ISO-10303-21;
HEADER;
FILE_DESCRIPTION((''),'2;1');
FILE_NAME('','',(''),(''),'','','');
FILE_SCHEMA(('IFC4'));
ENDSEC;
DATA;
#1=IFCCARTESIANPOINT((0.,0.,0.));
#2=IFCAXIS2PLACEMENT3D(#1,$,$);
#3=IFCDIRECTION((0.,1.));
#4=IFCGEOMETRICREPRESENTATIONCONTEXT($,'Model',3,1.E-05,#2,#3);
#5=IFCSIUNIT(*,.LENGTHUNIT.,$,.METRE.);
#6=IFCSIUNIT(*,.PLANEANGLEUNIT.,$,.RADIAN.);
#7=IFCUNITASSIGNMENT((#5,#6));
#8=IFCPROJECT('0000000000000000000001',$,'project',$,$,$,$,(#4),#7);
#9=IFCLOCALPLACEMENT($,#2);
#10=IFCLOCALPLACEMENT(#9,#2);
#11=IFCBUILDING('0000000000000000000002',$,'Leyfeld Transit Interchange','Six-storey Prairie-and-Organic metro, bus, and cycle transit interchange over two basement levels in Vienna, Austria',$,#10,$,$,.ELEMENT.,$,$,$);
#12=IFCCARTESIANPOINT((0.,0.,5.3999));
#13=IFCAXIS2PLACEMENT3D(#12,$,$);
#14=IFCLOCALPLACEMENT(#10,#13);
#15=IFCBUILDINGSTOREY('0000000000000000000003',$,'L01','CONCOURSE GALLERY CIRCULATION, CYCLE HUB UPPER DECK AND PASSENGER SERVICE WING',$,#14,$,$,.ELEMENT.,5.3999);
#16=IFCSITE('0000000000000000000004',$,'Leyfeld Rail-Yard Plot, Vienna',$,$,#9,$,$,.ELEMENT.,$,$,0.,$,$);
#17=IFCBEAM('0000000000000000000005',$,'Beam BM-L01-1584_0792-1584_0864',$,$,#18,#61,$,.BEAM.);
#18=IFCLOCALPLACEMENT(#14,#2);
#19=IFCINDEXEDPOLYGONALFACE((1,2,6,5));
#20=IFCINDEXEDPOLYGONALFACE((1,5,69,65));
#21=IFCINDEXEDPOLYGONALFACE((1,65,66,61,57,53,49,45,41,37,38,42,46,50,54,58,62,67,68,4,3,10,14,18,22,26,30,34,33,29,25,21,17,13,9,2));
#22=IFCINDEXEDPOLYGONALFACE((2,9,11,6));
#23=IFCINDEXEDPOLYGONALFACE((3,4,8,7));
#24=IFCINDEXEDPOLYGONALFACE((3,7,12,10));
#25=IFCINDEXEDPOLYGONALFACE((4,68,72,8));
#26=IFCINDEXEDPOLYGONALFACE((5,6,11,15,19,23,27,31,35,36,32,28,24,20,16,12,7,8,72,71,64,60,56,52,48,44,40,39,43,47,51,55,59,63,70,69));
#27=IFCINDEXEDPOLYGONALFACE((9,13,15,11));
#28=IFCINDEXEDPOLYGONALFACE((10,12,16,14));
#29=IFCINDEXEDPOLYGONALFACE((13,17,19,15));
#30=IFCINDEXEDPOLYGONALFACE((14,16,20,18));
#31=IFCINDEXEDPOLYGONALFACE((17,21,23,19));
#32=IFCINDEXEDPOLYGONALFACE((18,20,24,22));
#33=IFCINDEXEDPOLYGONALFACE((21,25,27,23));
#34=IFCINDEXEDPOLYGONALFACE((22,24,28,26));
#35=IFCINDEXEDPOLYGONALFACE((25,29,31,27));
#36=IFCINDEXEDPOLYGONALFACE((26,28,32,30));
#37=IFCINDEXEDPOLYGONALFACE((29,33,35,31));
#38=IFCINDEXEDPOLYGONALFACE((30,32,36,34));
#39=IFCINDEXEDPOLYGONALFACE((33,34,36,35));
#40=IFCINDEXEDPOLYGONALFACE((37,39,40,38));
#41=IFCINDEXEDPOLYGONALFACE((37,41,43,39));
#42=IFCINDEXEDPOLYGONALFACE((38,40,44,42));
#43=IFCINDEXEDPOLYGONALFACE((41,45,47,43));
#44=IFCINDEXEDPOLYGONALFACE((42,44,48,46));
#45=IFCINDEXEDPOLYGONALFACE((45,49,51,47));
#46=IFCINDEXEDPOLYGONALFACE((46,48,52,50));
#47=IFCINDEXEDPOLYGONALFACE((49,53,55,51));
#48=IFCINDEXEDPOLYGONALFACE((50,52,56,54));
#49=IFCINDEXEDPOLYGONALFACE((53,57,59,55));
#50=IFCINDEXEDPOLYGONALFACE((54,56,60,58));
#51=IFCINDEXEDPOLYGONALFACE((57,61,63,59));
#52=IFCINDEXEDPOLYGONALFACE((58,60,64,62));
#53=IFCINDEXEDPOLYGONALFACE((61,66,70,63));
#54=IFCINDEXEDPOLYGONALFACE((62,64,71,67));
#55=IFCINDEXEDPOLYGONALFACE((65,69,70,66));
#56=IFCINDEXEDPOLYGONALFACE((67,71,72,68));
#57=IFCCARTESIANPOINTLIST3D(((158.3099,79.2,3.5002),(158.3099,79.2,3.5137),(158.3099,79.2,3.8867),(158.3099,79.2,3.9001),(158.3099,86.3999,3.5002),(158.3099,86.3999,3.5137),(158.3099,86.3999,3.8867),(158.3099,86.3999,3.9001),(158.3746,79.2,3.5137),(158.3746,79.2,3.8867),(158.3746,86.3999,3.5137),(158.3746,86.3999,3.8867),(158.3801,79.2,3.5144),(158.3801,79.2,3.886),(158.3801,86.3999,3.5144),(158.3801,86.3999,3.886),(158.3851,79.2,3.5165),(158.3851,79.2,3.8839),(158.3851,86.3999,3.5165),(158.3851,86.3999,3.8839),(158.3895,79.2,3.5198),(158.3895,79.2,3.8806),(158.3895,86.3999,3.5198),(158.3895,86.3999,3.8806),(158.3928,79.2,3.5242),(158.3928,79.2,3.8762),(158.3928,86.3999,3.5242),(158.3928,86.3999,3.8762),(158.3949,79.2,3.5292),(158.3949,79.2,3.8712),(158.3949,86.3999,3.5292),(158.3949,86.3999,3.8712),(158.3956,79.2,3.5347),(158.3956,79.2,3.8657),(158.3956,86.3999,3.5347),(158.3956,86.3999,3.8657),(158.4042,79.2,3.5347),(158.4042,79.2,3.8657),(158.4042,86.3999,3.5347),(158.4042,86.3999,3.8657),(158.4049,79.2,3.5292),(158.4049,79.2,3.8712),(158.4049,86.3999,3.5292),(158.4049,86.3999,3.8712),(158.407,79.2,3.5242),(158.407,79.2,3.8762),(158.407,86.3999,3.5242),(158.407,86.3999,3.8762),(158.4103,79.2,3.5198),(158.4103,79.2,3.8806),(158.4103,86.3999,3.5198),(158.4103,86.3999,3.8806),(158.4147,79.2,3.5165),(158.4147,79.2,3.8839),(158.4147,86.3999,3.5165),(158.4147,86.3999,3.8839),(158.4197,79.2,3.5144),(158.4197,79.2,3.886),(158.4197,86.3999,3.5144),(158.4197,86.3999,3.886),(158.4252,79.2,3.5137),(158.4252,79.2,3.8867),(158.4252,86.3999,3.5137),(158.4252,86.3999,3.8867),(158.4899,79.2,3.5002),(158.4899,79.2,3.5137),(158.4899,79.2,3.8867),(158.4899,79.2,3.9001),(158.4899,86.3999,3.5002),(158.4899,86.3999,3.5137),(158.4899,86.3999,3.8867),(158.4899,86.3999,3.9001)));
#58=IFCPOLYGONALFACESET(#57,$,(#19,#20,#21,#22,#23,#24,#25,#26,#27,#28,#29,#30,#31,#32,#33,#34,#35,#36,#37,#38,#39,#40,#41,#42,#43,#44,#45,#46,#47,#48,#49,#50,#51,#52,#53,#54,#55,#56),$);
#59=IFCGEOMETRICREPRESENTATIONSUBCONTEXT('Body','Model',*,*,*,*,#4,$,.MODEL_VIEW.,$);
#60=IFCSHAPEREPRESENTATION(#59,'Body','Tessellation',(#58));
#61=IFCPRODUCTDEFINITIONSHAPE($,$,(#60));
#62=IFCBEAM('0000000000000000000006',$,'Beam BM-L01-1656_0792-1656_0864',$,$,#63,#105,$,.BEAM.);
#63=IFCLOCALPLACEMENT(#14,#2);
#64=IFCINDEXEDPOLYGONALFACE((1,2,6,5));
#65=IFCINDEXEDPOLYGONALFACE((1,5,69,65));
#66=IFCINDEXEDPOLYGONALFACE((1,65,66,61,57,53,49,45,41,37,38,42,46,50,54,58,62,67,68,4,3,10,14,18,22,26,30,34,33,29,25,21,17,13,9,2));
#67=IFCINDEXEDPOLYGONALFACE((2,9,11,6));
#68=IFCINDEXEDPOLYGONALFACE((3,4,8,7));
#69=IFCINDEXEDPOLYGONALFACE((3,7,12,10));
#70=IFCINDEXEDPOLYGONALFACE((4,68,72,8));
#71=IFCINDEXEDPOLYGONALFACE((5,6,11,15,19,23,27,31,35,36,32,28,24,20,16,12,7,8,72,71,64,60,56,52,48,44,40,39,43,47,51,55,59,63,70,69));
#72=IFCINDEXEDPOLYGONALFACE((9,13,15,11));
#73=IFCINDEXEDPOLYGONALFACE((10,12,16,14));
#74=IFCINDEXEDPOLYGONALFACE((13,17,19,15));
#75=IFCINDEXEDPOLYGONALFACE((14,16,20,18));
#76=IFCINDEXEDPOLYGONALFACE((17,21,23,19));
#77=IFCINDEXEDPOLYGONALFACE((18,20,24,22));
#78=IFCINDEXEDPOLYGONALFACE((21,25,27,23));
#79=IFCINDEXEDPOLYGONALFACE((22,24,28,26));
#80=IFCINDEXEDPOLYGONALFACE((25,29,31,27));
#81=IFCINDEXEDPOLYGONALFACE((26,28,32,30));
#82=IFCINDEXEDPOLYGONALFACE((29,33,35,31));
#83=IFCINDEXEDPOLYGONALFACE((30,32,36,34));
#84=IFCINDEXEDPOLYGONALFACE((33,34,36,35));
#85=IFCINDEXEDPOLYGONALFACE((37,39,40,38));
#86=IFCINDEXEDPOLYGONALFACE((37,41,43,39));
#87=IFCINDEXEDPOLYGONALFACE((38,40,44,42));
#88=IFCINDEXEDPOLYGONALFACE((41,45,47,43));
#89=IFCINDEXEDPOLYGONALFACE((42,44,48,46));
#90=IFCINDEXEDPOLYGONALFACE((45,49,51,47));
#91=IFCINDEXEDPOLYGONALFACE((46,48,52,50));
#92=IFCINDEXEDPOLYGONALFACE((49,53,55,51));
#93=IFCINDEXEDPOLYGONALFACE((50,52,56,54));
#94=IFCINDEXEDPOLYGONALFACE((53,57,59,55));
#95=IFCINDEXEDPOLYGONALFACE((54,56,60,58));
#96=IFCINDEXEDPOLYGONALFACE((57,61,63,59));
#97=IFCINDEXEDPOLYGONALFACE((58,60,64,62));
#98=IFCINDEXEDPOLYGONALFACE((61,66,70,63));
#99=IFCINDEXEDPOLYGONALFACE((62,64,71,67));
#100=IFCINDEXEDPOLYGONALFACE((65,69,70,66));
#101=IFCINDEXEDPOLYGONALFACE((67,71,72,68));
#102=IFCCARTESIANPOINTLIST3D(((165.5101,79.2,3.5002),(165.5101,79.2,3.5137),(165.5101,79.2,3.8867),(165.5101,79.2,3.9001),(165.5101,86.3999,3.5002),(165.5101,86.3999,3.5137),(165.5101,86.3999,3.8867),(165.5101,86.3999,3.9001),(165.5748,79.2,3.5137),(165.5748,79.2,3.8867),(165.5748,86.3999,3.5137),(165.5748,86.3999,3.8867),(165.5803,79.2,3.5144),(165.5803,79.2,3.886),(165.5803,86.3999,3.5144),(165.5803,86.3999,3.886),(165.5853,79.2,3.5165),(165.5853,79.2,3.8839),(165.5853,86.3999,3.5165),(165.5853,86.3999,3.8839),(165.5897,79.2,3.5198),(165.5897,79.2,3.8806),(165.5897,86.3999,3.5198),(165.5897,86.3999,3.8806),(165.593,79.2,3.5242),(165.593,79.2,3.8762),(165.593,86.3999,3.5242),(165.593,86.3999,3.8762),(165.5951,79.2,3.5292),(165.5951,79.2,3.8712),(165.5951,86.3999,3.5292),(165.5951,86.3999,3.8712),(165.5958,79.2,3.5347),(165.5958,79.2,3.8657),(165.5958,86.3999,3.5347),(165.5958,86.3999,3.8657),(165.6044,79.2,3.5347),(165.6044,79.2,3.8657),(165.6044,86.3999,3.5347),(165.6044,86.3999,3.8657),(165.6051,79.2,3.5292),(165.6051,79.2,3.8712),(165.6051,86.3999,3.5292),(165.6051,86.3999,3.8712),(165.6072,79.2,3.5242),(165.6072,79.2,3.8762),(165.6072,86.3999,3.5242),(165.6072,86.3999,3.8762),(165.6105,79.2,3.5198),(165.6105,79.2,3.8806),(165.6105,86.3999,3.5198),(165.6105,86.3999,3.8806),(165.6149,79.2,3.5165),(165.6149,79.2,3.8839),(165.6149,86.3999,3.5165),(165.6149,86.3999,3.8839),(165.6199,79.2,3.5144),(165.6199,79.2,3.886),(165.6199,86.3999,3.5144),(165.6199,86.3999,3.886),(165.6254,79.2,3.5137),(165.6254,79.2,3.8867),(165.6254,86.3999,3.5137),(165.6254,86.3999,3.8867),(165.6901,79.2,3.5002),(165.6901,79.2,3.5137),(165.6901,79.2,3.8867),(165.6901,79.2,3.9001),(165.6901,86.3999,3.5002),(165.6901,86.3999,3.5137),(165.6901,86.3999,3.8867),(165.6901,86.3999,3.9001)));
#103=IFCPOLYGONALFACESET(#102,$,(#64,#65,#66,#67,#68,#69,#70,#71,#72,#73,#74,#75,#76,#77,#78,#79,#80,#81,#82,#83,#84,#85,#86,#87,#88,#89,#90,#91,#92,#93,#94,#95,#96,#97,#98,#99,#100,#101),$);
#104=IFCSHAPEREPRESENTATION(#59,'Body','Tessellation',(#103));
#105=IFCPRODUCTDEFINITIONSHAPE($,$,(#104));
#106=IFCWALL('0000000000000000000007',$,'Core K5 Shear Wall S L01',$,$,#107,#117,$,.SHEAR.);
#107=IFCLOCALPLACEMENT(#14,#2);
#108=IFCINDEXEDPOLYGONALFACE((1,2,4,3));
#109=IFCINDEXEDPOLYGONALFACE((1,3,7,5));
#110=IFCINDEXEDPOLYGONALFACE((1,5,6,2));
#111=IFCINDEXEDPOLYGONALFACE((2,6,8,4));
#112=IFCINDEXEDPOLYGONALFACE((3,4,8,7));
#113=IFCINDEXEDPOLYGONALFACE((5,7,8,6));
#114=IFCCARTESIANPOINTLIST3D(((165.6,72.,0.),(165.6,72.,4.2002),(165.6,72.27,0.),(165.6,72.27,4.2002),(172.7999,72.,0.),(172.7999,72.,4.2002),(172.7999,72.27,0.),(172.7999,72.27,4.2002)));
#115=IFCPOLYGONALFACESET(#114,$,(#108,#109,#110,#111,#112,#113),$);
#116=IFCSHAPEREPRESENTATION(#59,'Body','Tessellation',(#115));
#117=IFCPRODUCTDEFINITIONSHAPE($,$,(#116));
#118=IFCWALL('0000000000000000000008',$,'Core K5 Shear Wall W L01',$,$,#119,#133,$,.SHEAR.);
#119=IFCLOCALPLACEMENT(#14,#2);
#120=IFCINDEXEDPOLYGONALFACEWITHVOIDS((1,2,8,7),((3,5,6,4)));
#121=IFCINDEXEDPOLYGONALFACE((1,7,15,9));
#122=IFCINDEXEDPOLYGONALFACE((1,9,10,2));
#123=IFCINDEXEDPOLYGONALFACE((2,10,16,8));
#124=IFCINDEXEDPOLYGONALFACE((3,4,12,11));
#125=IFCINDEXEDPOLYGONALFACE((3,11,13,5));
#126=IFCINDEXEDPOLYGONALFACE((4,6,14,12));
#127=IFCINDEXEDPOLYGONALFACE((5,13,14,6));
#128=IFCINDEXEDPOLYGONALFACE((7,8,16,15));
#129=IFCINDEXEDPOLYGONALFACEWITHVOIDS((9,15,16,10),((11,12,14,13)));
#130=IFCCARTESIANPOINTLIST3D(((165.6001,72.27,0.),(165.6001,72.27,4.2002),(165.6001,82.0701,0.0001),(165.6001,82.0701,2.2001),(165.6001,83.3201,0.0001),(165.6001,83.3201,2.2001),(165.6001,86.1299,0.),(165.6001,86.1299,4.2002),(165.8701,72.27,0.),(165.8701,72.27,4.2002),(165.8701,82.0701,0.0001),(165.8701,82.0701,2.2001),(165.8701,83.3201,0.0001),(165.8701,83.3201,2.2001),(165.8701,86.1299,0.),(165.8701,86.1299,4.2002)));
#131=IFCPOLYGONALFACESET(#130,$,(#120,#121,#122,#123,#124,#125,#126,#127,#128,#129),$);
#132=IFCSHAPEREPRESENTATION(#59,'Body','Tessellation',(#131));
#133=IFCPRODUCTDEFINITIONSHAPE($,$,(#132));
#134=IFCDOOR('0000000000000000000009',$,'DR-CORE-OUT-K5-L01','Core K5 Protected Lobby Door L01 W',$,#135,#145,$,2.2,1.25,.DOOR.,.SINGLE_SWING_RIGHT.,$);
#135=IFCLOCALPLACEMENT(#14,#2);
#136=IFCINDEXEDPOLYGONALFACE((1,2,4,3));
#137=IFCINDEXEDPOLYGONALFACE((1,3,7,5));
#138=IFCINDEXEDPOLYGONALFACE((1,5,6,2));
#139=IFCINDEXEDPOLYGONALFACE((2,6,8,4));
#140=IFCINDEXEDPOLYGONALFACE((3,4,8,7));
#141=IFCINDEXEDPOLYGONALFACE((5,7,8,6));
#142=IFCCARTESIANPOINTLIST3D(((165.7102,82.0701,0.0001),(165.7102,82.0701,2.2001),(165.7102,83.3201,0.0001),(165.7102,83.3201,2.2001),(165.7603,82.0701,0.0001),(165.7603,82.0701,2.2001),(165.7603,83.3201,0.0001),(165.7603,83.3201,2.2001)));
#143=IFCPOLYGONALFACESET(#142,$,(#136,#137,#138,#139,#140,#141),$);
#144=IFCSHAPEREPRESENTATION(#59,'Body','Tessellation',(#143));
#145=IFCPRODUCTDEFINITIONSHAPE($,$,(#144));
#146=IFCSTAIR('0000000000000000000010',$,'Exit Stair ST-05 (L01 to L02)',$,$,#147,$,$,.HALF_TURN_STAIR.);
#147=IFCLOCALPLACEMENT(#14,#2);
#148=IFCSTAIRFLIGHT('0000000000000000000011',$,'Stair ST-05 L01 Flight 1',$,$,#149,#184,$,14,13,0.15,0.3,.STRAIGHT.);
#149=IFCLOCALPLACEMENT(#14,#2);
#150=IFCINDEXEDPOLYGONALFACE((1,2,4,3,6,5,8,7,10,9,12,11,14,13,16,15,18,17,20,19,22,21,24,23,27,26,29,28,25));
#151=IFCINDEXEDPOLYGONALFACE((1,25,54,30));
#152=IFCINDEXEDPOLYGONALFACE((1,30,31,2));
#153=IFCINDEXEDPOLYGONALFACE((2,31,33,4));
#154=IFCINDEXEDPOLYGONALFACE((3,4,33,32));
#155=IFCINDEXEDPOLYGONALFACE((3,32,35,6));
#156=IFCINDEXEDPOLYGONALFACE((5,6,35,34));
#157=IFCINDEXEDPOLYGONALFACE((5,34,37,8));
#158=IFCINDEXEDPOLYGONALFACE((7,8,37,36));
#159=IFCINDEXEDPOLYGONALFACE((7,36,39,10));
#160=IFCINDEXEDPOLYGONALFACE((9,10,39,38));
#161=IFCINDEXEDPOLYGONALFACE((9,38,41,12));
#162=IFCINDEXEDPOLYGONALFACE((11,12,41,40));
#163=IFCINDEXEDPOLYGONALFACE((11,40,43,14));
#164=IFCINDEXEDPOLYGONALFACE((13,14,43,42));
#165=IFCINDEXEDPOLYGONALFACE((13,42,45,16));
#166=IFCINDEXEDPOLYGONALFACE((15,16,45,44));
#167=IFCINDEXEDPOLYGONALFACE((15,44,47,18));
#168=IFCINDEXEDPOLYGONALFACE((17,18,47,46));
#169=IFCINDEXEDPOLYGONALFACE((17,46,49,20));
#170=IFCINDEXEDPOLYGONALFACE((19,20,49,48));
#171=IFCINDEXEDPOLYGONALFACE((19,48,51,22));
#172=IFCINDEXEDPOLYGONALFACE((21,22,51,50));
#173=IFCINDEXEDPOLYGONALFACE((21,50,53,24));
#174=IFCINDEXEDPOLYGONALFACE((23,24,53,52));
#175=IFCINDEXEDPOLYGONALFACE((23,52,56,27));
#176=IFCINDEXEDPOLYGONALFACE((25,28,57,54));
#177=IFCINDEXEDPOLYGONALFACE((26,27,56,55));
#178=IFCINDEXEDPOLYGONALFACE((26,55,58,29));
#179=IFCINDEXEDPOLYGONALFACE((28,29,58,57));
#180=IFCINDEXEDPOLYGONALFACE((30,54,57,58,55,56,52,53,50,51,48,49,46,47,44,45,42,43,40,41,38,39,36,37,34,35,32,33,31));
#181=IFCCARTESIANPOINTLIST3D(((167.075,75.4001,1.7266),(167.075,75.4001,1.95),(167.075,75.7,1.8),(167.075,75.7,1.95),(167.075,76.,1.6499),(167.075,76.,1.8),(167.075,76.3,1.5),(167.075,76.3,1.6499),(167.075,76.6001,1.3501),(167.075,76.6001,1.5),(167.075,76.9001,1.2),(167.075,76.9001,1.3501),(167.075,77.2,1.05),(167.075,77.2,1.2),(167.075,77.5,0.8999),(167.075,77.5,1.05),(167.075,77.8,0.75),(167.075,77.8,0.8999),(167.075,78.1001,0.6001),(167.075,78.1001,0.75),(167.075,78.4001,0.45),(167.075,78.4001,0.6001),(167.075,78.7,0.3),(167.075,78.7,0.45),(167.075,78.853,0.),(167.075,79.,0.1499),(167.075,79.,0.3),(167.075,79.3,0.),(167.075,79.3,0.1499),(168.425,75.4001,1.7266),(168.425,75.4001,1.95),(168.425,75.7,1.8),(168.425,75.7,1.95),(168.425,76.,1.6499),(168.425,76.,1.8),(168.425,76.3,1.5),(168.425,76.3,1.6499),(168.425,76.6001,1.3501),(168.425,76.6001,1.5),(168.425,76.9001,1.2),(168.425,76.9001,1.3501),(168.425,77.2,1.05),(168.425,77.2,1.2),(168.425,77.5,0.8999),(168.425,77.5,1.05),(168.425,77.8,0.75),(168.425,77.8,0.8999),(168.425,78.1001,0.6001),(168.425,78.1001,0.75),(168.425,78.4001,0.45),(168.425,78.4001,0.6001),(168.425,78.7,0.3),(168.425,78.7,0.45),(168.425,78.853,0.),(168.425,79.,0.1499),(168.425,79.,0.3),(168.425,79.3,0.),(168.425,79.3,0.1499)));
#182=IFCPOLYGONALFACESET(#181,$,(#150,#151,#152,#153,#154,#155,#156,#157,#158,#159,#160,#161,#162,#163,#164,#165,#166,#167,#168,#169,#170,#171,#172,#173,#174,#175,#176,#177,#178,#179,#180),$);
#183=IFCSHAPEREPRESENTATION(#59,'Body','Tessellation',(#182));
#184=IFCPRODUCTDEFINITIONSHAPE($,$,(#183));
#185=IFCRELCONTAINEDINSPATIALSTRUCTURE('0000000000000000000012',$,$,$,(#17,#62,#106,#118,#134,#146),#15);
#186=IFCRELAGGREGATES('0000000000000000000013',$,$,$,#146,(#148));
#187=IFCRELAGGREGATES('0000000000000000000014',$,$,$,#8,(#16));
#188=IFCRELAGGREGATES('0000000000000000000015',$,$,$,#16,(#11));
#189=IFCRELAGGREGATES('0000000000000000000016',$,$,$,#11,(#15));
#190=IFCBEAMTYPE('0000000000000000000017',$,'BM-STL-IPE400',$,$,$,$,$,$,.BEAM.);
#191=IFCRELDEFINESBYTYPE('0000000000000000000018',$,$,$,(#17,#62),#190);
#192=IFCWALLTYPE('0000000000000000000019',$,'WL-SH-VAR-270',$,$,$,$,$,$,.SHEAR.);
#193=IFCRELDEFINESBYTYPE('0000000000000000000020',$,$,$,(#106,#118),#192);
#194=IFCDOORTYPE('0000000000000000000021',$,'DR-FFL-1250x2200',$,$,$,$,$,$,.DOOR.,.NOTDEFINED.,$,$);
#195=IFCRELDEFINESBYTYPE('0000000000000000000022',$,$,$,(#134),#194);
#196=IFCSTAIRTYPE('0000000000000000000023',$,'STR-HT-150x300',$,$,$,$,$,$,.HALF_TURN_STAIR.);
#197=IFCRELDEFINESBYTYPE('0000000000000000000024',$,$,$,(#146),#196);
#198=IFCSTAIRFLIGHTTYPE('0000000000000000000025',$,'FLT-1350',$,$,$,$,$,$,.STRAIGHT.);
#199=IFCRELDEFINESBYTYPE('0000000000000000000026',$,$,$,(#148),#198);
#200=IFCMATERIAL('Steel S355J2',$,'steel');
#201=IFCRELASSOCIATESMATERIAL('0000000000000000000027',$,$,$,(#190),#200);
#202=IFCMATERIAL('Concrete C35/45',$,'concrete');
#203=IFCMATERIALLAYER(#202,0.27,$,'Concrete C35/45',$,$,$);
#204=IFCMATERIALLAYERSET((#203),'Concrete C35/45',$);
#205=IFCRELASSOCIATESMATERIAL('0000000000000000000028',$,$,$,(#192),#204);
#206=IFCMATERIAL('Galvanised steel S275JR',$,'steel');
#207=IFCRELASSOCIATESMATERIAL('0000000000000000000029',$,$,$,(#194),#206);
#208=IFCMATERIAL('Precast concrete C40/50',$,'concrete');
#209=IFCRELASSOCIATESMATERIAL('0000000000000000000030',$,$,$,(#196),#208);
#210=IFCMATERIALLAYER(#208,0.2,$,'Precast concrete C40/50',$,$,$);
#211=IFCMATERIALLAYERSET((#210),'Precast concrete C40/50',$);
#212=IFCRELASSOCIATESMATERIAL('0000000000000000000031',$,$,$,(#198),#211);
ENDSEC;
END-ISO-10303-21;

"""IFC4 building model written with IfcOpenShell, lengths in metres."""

from ifc_helpers import new_model, si_unit, direction, frame, frame_2d, origin, origin_2d, place, context, subcontext, project, spatial, polyline, rectangle, i_section, outline, extrude, material, layer, layer_set, material_profile, profile_set, type_object, element, fill, aggregate, save


model = new_model("IFC4")

# Units and contexts
model_context = context("Model", 3, precision=1e-05, world=origin(), true_north=direction((0.0, 1.0)))
body_context = subcontext(model_context, "Body", "Model", "MODEL_VIEW")
ifc_project = project(units=[si_unit("LENGTHUNIT", "METRE"), si_unit("PLANEANGLEUNIT", "RADIAN")], contexts=[model_context])

# Site, building, storey
site_placement = place(None, origin())
site = spatial("IfcSite", under=ifc_project, at=site_placement, Name="Leyfeld Rail-Yard Plot, Vienna", CompositionType="ELEMENT", RefElevation=0.0)
building_placement = place(site_placement, origin())
building = spatial("IfcBuilding", under=site, at=building_placement, Name="Leyfeld Transit Interchange", Description="Six-storey Prairie-and-Organic metro, bus, and cycle transit interchange over two basement levels in Vienna, Austria", CompositionType="ELEMENT")
storey_placement = place(building_placement, frame((0.0, 0.0, 5.3999)))
storey = spatial("IfcBuildingStorey", under=building, at=storey_placement, Name="L01", Description="CONCOURSE GALLERY CIRCULATION, CYCLE HUB UPPER DECK AND PASSENGER SERVICE WING", CompositionType="ELEMENT", Elevation=5.3999)

# Shared definitions
ifc_material_1 = material(Name="Concrete C35/45", Category="concrete")

# Beams
ifc_material_2 = material(Name="Steel S355J2", Category="steel")
ifc_material_profile_1 = material_profile(ifc_material_2, i_section(OverallWidth=0.1799, OverallDepth=0.3999, WebThickness=0.0085, FlangeThickness=0.0134, FilletRadius=0.021, at=origin_2d()), Name="IPE 400")
ifc_profile_set_1 = profile_set([ifc_material_profile_1], Name="Steel S355J2")
beam_type_1 = type_object("IfcBeamType", Name="BM-STL-IPE400", PredefinedType="BEAM", material=ifc_profile_set_1)
for number, where, z_axis, x_axis, name in (
    (1, (158.3999, 79.2, 3.7002), (0.0, 1.0, 0.0), (-1.0, 0.0, 0.0), "Beam BM-L01-1584_0792-1584_0864"),
    (2, (165.6001, 79.2, 3.7002), (0.0, 1.0, 0.0), (-1.0, 0.0, 0.0), "Beam BM-L01-1656_0792-1656_0864"),
):
    element("IfcBeam", number, at=place(storey_placement, frame(where, z_axis=z_axis, x_axis=x_axis)), inside=storey, type_object=beam_type_1, Name=name, PredefinedType="BEAM", context=body_context, shape_type="SweptSolid", body=[
        extrude(i_section(OverallWidth=0.1799, OverallDepth=0.3999, WebThickness=0.0085, FlangeThickness=0.0134, FilletRadius=0.021, at=origin_2d()), origin(), (0.0, 0.0, 1.0), 7.2),
    ])

# Wall
ifc_layer_1 = layer(ifc_material_1, 0.27, Name="Concrete C35/45")
ifc_layer_set_1 = layer_set([ifc_layer_1], Name="Concrete C35/45")
wall_type = type_object("IfcWallType", Name="WL-SH-VAR-270", PredefinedType="SHEAR", material=ifc_layer_set_1)
wall_1_placement = place(storey_placement, frame((172.8, 72.135, 0.0), z_axis=(0.0, 0.0, 1.0), x_axis=(-1.0, 0.0, 0.0)))
element("IfcWall", 3, at=wall_1_placement, inside=storey, type_object=wall_type, Name="Core K5 Shear Wall S L01", PredefinedType="SHEAR", context=body_context, shape_type="SweptSolid", body=[
    extrude(rectangle(XDim=7.2, YDim=0.27, at=frame_2d((3.6001, 0.0))), origin(), (0.0, 0.0, 1.0), 4.2002),
])

# Wall, opening, door
wall_2_placement = place(storey_placement, frame((165.7351, 72.27, 0.0), z_axis=(0.0, 0.0, 1.0), x_axis=(0.0, 1.0, 0.0)))
wall_2 = element("IfcWall", 4, at=wall_2_placement, inside=storey, type_object=wall_type, Name="Core K5 Shear Wall W L01", PredefinedType="SHEAR", context=body_context, shape_type="SweptSolid", body=[
    extrude(rectangle(XDim=13.8599, YDim=0.27, at=frame_2d((6.9299, 0.0))), origin(), (0.0, 0.0, 1.0), 4.2002),
])
opening_placement = place(wall_2_placement, frame((9.8, 0.0, 0.0)))
opening = element("IfcOpeningElement", 5, at=opening_placement, cuts=wall_2, PredefinedType="OPENING", context=body_context, shape_type="SweptSolid", body=[
    extrude(rectangle(XDim=1.25, YDim=2.2, at=frame_2d((0.625, 1.1001))), frame((0.0, 0.145, 0.0), z_axis=(0.0, -1.0, 0.0), x_axis=(1.0, 0.0, 0.0)), (0.0, 0.0, 1.0), 0.29),
])
ifc_material_3 = material(Name="Galvanised steel S275JR", Category="steel")
door_type = type_object("IfcDoorType", Name="DR-FFL-1250x2200", OperationType="NOTDEFINED", PredefinedType="DOOR", material=ifc_material_3)
door_placement = place(opening_placement, origin())
door = element("IfcDoor", 6, at=door_placement, inside=storey, type_object=door_type, Name="DR-CORE-OUT-K5-L01", Description="Core K5 Protected Lobby Door L01 W", OperationType="SINGLE_SWING_RIGHT", OverallHeight=2.2, OverallWidth=1.25, PredefinedType="DOOR", context=body_context, shape_type="SweptSolid", body=[
    extrude(rectangle(XDim=1.25, YDim=2.2, at=frame_2d((0.625, 1.1001))), frame((0.0, 0.0249, 0.0), z_axis=(0.0, -1.0, 0.0), x_axis=(1.0, 0.0, 0.0)), (0.0, 0.0, 1.0), 0.05),
])
fill(opening, door)

# Stair, stair flight
ifc_material_4 = material(Name="Precast concrete C40/50", Category="concrete")
stair_type = type_object("IfcStairType", Name="STR-HT-150x300", PredefinedType="HALF_TURN_STAIR", material=ifc_material_4)
stair_placement = place(storey_placement, origin())
stair = element("IfcStair", 7, at=stair_placement, inside=storey, type_object=stair_type, Name="Exit Stair ST-05 (L01 to L02)", PredefinedType="HALF_TURN_STAIR")
ifc_layer_2 = layer(ifc_material_4, 0.2, Name="Precast concrete C40/50")
ifc_layer_set_2 = layer_set([ifc_layer_2], Name="Precast concrete C40/50")
stair_flight_type = type_object("IfcStairFlightType", Name="FLT-1350", PredefinedType="STRAIGHT", material=ifc_layer_set_2)
stair_flight_1_placement = place(storey_placement, frame((167.75, 79.3, 0.0), z_axis=(0.0, 0.0, 1.0), x_axis=(0.0, -1.0, 0.0)))
stair_flight_1 = element("IfcStairFlight", 8, at=stair_flight_1_placement, type_object=stair_flight_type, Name="Stair ST-05 L01 Flight 1", NumberOfRisers=14, NumberOfTreads=13, PredefinedType="STRAIGHT", RiserHeight=0.15, TreadLength=0.3, context=body_context, shape_type="SweptSolid", body=[
    extrude(outline(polyline([(0.0, 0.0), (0.0, 0.1499), (0.3, 0.1499), (0.3, 0.3), (0.6001, 0.3), (0.6001, 0.45), (0.8999, 0.45), (0.8999, 0.6001), (1.2, 0.6001), (1.2, 0.75), (1.5, 0.75), (1.5, 0.8999), (1.8, 0.8999), (1.8, 1.05), (2.1001, 1.05), (2.1001, 1.2), (2.3999, 1.2), (2.3999, 1.3501), (2.7, 1.3501), (2.7, 1.5), (3.0, 1.5), (3.0, 1.6499), (3.3, 1.6499), (3.3, 1.8), (3.6001, 1.8), (3.6001, 1.95), (3.8999, 1.95), (3.8999, 2.1001), (3.8999, 1.7266), (0.447, 0.0), (0.0, 0.0)])), frame((0.0, 0.675, 0.0), z_axis=(0.0, -1.0, 0.0), x_axis=(1.0, 0.0, 0.0)), (0.0, 0.0, 1.0), 1.3501),
])
aggregate(stair, [stair_flight_1])

save(model, "model.ifc")
